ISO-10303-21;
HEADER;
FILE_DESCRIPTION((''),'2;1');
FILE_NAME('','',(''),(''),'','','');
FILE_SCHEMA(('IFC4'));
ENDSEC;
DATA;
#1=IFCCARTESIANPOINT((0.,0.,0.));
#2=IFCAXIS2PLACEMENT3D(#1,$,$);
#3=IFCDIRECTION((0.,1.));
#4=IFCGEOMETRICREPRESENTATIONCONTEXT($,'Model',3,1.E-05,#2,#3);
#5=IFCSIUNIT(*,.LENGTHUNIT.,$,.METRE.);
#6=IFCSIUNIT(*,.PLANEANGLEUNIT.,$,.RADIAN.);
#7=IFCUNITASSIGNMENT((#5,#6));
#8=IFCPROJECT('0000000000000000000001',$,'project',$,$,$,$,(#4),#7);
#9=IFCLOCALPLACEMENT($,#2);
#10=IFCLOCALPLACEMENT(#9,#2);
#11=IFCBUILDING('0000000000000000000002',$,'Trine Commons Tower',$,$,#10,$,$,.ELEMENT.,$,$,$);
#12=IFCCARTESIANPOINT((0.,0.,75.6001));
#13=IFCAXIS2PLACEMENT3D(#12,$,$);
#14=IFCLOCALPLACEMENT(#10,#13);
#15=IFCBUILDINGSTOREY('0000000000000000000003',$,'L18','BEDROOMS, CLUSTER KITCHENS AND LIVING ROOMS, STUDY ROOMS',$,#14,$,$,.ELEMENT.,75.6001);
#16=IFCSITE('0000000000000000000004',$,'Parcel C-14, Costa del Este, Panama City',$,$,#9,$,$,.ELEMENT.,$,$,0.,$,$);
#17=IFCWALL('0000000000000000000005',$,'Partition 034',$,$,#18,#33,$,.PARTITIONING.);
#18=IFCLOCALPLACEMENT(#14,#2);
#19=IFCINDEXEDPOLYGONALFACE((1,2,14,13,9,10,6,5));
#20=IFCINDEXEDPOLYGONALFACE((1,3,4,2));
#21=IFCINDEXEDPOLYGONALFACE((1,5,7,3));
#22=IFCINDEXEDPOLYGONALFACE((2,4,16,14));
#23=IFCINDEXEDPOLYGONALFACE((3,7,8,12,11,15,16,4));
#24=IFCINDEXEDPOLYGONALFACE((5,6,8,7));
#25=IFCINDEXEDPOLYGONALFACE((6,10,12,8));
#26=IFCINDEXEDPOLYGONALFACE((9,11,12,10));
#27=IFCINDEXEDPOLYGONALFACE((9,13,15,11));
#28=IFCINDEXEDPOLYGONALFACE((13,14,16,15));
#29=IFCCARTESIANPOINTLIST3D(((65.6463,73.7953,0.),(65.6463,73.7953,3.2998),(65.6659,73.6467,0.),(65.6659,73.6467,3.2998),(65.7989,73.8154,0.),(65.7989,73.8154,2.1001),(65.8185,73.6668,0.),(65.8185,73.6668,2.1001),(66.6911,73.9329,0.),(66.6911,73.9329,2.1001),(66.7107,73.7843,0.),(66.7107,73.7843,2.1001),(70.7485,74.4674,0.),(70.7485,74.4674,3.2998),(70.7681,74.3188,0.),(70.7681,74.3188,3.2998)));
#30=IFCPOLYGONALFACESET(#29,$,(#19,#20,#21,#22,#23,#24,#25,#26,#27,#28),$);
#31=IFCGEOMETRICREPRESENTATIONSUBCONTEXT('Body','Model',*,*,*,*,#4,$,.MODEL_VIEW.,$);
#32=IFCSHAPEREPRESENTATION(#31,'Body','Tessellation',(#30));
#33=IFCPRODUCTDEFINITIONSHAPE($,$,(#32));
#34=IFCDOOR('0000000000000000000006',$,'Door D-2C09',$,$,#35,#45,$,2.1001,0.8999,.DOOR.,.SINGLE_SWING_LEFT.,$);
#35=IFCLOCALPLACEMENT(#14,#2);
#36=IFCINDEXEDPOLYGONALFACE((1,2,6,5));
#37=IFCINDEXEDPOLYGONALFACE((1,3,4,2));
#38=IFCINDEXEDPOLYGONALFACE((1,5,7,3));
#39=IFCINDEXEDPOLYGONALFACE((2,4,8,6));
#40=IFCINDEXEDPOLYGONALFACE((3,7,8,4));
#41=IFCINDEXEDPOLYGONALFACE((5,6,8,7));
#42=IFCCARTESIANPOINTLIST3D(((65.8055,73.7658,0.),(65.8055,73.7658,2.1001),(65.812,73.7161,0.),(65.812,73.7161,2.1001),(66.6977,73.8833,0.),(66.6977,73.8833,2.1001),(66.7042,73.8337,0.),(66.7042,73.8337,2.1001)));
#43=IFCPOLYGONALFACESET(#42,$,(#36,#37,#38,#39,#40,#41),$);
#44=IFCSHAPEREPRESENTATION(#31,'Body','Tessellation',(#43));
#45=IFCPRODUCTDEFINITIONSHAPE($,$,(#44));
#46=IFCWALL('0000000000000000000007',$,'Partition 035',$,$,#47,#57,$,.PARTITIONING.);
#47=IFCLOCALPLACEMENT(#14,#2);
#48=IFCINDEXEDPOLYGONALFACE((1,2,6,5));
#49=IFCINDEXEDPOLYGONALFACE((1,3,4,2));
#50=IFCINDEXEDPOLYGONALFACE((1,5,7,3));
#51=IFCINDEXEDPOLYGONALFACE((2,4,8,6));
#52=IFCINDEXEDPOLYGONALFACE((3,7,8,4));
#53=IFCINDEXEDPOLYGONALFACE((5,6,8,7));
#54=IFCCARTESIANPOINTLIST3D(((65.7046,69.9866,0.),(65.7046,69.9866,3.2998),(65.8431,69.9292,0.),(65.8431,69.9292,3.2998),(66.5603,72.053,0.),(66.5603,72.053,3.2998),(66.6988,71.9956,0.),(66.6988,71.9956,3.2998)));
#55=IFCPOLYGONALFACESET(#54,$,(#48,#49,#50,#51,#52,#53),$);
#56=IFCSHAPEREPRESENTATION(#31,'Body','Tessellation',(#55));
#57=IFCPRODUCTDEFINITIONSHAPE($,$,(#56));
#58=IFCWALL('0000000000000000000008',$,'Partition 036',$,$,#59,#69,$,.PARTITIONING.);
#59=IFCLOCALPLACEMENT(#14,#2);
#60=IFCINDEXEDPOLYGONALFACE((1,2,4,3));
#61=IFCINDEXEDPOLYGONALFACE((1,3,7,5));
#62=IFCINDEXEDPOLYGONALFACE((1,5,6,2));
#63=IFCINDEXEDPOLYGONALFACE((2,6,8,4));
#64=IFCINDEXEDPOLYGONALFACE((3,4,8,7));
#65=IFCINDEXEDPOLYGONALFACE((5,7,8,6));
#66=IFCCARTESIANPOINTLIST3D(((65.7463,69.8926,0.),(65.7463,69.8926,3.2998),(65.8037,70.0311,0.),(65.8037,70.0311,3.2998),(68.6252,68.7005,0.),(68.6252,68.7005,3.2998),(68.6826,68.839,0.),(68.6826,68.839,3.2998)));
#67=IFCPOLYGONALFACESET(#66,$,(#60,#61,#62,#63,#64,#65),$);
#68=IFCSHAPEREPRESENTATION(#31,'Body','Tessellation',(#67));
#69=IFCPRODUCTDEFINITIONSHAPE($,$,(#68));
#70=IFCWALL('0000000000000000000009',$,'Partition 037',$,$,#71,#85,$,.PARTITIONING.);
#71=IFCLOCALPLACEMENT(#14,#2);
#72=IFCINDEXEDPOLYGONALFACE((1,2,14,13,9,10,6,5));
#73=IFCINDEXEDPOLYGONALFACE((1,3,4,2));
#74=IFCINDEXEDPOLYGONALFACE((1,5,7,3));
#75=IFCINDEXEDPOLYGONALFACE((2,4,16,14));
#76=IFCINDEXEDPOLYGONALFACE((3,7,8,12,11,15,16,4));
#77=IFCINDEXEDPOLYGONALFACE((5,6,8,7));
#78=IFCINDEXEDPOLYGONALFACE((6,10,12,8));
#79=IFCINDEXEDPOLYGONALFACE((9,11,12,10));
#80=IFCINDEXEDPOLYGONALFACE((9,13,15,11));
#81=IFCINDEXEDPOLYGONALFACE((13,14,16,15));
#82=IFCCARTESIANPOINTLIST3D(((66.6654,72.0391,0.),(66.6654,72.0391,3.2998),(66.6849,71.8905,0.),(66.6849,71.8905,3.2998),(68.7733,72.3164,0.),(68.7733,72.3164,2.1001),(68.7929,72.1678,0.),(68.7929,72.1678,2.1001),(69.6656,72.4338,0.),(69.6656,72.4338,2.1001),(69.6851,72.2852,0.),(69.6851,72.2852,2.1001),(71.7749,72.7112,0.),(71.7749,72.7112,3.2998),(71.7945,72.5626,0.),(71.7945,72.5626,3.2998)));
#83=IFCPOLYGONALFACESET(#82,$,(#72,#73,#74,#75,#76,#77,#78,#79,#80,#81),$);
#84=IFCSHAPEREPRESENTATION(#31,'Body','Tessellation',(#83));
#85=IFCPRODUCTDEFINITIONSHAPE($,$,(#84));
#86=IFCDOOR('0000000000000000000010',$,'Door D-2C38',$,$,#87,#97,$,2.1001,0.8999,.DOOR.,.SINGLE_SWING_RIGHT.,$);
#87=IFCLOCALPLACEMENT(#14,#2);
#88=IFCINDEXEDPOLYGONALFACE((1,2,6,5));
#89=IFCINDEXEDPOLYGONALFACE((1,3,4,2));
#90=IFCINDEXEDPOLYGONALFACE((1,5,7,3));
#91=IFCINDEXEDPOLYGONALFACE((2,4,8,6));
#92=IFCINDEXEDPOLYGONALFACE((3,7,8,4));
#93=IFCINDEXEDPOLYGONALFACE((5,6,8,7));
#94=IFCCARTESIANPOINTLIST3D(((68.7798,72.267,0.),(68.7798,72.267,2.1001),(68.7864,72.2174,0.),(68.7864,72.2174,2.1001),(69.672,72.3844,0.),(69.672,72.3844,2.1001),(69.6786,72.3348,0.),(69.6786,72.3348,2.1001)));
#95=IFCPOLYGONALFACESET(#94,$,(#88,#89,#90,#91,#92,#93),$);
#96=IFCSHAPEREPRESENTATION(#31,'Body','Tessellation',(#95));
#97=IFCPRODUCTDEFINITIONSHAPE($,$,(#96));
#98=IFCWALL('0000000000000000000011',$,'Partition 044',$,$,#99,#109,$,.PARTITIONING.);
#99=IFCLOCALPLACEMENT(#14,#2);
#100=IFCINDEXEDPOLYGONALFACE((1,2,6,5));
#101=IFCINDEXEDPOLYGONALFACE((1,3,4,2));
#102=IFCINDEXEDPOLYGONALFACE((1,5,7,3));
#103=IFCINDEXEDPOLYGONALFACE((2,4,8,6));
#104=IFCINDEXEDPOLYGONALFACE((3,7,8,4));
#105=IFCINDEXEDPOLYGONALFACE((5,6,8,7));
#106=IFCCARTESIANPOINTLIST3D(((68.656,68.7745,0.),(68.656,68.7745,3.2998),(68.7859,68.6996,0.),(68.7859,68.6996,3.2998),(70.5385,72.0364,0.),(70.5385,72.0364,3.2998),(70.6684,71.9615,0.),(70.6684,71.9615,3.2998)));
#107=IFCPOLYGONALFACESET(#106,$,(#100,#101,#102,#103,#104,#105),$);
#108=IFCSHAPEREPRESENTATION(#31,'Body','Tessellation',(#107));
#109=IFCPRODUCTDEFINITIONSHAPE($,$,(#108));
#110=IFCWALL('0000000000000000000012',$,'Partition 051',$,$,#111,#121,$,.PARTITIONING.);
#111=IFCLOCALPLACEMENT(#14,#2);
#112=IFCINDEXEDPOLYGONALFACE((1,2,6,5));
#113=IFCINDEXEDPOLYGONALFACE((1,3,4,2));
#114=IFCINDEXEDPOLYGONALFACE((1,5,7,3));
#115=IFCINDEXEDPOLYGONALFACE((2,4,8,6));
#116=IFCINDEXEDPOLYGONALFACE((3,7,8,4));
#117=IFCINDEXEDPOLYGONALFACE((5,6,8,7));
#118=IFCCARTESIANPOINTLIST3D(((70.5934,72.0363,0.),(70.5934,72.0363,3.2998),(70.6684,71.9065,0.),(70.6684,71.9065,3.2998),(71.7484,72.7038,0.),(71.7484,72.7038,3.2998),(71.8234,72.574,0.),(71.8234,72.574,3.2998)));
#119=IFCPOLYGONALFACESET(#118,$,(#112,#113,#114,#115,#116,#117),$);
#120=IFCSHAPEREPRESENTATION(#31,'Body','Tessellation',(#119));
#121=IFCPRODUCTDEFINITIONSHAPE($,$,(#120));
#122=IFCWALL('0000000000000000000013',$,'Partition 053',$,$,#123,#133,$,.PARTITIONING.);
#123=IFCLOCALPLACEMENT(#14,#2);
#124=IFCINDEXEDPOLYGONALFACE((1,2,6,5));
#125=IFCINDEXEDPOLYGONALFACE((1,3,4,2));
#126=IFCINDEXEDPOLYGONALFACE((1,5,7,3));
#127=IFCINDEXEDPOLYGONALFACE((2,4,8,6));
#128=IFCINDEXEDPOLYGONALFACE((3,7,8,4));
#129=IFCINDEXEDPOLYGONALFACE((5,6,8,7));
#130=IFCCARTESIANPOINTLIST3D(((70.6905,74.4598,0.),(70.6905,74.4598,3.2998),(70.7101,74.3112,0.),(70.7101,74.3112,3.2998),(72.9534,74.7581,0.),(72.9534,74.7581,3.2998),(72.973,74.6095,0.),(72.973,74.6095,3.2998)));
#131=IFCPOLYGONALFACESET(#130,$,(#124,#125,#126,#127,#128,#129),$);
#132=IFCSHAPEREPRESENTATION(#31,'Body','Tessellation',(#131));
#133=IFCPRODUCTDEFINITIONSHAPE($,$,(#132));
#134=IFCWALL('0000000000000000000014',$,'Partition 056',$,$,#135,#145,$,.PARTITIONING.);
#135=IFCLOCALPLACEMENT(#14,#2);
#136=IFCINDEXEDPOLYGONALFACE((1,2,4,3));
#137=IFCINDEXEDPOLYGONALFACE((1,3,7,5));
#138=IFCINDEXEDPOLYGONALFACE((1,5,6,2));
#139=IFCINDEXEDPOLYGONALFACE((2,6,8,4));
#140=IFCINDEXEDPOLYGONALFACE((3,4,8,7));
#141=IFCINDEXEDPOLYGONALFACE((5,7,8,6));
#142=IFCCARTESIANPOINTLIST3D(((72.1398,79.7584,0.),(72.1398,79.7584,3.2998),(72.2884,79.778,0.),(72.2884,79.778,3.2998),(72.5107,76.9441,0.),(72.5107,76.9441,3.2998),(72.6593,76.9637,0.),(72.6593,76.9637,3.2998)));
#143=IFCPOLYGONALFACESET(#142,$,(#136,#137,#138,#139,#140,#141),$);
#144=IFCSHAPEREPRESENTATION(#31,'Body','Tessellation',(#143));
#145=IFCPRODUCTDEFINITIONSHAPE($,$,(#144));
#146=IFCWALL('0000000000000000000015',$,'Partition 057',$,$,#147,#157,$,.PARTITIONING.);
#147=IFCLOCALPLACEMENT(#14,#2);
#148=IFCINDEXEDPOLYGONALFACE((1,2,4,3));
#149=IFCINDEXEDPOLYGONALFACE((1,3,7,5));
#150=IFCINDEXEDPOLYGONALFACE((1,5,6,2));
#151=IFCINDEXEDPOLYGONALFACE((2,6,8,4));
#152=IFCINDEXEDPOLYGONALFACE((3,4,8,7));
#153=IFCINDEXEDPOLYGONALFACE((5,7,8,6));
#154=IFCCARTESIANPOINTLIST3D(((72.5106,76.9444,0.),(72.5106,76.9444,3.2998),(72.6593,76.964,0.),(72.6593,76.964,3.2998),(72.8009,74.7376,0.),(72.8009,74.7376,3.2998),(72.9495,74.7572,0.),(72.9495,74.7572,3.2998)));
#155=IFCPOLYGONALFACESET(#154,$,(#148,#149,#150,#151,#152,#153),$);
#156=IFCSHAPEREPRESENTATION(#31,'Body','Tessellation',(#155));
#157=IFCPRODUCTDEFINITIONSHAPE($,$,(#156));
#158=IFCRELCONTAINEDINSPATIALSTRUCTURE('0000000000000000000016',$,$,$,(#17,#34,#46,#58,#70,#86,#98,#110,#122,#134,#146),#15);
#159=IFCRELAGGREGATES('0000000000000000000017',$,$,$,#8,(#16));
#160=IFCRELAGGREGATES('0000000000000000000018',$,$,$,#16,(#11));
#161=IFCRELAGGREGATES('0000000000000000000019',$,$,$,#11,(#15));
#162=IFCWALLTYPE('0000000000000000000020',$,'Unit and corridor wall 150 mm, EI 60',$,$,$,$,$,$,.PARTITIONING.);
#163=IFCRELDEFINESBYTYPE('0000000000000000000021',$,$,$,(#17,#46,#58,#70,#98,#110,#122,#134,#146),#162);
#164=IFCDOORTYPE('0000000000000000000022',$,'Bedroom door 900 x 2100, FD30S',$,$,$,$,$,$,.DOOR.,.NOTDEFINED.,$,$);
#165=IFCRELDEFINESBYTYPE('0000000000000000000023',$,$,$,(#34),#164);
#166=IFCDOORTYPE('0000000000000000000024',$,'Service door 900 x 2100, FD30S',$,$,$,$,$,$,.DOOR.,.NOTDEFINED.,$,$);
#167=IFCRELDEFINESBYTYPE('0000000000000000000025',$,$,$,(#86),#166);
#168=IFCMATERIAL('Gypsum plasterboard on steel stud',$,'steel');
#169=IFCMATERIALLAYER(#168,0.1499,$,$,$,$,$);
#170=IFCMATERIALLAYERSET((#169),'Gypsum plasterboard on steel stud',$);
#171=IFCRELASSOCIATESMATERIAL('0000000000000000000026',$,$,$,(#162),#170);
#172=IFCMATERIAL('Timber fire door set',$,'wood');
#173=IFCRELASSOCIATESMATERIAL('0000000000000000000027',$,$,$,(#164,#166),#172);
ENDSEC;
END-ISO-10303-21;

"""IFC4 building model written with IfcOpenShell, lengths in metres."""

from ifc_helpers import new_model, si_unit, direction, frame, frame_2d, origin, place, context, subcontext, project, spatial, rectangle, extrude, material, layer, layer_set, type_object, element, fill, save


model = new_model("IFC4")

# Units and contexts
model_context = context("Model", 3, precision=1e-05, world=origin(), true_north=direction((0.0, 1.0)))
body_context = subcontext(model_context, "Body", "Model", "MODEL_VIEW")
ifc_project = project(units=[si_unit("LENGTHUNIT", "METRE"), si_unit("PLANEANGLEUNIT", "RADIAN")], contexts=[model_context])

# Site, building, storey
site_placement = place(None, origin())
site = spatial("IfcSite", under=ifc_project, at=site_placement, Name="Parcel C-14, Costa del Este, Panama City", CompositionType="ELEMENT", RefElevation=0.0)
building_placement = place(site_placement, origin())
building = spatial("IfcBuilding", under=site, at=building_placement, Name="Trine Commons Tower", CompositionType="ELEMENT")
storey_placement = place(building_placement, frame((0.0, 0.0, 75.6001)))
storey = spatial("IfcBuildingStorey", under=building, at=storey_placement, Name="L18", Description="BEDROOMS, CLUSTER KITCHENS AND LIVING ROOMS, STUDY ROOMS", CompositionType="ELEMENT", Elevation=75.6001)

# Shared definitions
ifc_material_1 = material(Name="Gypsum plasterboard on steel stud", Category="steel")
ifc_layer_1 = layer(ifc_material_1, 0.1499)
ifc_layer_set_1 = layer_set([ifc_layer_1], Name="Gypsum plasterboard on steel stud")
wall_type_1 = type_object("IfcWallType", Name="Unit and corridor wall 150 mm, EI 60", PredefinedType="PARTITIONING", material=ifc_layer_set_1)

# Wall, opening, door
wall_1_placement = place(storey_placement, frame((65.656, 73.7209, 0.0), z_axis=(0.0, 0.0, 1.0), x_axis=(0.991434, 0.130607, 0.0)))
wall_1 = element("IfcWall", 1, at=wall_1_placement, inside=storey, type_object=wall_type_1, Name="Partition 034", PredefinedType="PARTITIONING", context=body_context, shape_type="SweptSolid", body=[
    extrude(rectangle(XDim=5.1462, YDim=0.1499, at=frame_2d((2.5732, 0.0))), origin(), (0.0, 0.0, 1.0), 3.2998),
])
opening_1_placement = place(wall_1_placement, frame((0.1541, 0.0, 0.0)))
opening_1 = element("IfcOpeningElement", 2, at=opening_1_placement, cuts=wall_1, PredefinedType="OPENING", context=body_context, shape_type="SweptSolid", body=[
    extrude(rectangle(XDim=0.8999, YDim=2.1001, at=frame_2d((0.45, 1.05))), frame((0.0, 0.085, 0.0), z_axis=(0.0, -1.0, 0.0), x_axis=(1.0, 0.0, 0.0)), (0.0, 0.0, 1.0), 0.1699),
])
ifc_material_2 = material(Name="Timber fire door set", Category="wood")
door_type_1 = type_object("IfcDoorType", Name="Bedroom door 900 x 2100, FD30S", OperationType="NOTDEFINED", PredefinedType="DOOR", material=ifc_material_2)
door_1_placement = place(opening_1_placement, origin())
door_1 = element("IfcDoor", 3, at=door_1_placement, inside=storey, type_object=door_type_1, Name="Door D-2C09", OperationType="SINGLE_SWING_LEFT", OverallHeight=2.1001, OverallWidth=0.8999, PredefinedType="DOOR", context=body_context, shape_type="SweptSolid", body=[
    extrude(rectangle(XDim=0.8999, YDim=2.1001, at=frame_2d((0.45, 1.05))), frame((0.0, 0.0249, 0.0), z_axis=(0.0, -1.0, 0.0), x_axis=(1.0, 0.0, 0.0)), (0.0, 0.0, 1.0), 0.05),
])
fill(opening_1, door_1)

# Walls
wall_2_placement = place(storey_placement, frame((65.7739, 69.958, 0.0), z_axis=(0.0, 0.0, 1.0), x_axis=(0.382599, 0.923914, 0.0)))
element("IfcWall", 4, at=wall_2_placement, inside=storey, type_object=wall_type_1, Name="Partition 035", PredefinedType="PARTITIONING", context=body_context, shape_type="SweptSolid", body=[
    extrude(rectangle(XDim=2.2366, YDim=0.1499, at=frame_2d((1.1182, 0.0))), origin(), (0.0, 0.0, 1.0), 3.2998),
])
wall_3_placement = place(storey_placement, frame((65.7749, 69.9619, 0.0), z_axis=(0.0, 0.0, 1.0), x_axis=(0.923918, -0.382589, 0.0)))
element("IfcWall", 5, at=wall_3_placement, inside=storey, type_object=wall_type_1, Name="Partition 036", PredefinedType="PARTITIONING", context=body_context, shape_type="SweptSolid", body=[
    extrude(rectangle(XDim=3.116, YDim=0.1499, at=frame_2d((1.5581, 0.0))), origin(), (0.0, 0.0, 1.0), 3.2998),
])

# Wall, opening, door
wall_4_placement = place(storey_placement, frame((66.6753, 71.9648, 0.0), z_axis=(0.0, 0.0, 1.0), x_axis=(0.991459, 0.130417, 0.0)))
wall_4 = element("IfcWall", 6, at=wall_4_placement, inside=storey, type_object=wall_type_1, Name="Partition 037", PredefinedType="PARTITIONING", context=body_context, shape_type="SweptSolid", body=[
    extrude(rectangle(XDim=5.1536, YDim=0.1499, at=frame_2d((2.5767, 0.0))), origin(), (0.0, 0.0, 1.0), 3.2998),
])
opening_2_placement = place(wall_4_placement, frame((2.126, 0.0, 0.0)))
opening_2 = element("IfcOpeningElement", 7, at=opening_2_placement, cuts=wall_4, PredefinedType="OPENING", context=body_context, shape_type="SweptSolid", body=[
    extrude(rectangle(XDim=0.8999, YDim=2.1001, at=frame_2d((0.45, 1.05))), frame((0.0, 0.085, 0.0), z_axis=(0.0, -1.0, 0.0), x_axis=(1.0, 0.0, 0.0)), (0.0, 0.0, 1.0), 0.1699),
])
door_type_2 = type_object("IfcDoorType", Name="Service door 900 x 2100, FD30S", OperationType="NOTDEFINED", PredefinedType="DOOR", material=ifc_material_2)
door_2_placement = place(opening_2_placement, frame((0.8999, 0.0, 0.0), z_axis=(0.0, 0.0, 1.0), x_axis=(-1.0, 0.0, 0.0)))
door_2 = element("IfcDoor", 8, at=door_2_placement, inside=storey, type_object=door_type_2, Name="Door D-2C38", OperationType="SINGLE_SWING_RIGHT", OverallHeight=2.1001, OverallWidth=0.8999, PredefinedType="DOOR", context=body_context, shape_type="SweptSolid", body=[
    extrude(rectangle(XDim=0.8999, YDim=2.1001, at=frame_2d((0.45, 1.05))), frame((0.0, 0.0249, 0.0), z_axis=(0.0, -1.0, 0.0), x_axis=(1.0, 0.0, 0.0)), (0.0, 0.0, 1.0), 0.05),
])
fill(opening_2, door_2)

# Walls
wall_5_placement = place(storey_placement, frame((68.7209, 68.7371, 0.0), z_axis=(0.0, 0.0, 1.0), x_axis=(0.499855, 0.866109, 0.0)))
element("IfcWall", 9, at=wall_5_placement, inside=storey, type_object=wall_type_1, Name="Partition 044", PredefinedType="PARTITIONING", context=body_context, shape_type="SweptSolid", body=[
    extrude(rectangle(XDim=3.7661, YDim=0.1499, at=frame_2d((1.8831, 0.0))), origin(), (0.0, 0.0, 1.0), 3.2998),
])
wall_6_placement = place(storey_placement, frame((70.6309, 71.9714, 0.0), z_axis=(0.0, 0.0, 1.0), x_axis=(0.865823, 0.500351, 0.0)))
element("IfcWall", 10, at=wall_6_placement, inside=storey, type_object=wall_type_1, Name="Partition 051", PredefinedType="PARTITIONING", context=body_context, shape_type="SweptSolid", body=[
    extrude(rectangle(XDim=1.334, YDim=0.1499, at=frame_2d((0.667, 0.0))), origin(), (0.0, 0.0, 1.0), 3.2998),
])
wall_7_placement = place(storey_placement, frame((70.7004, 74.3855, 0.0), z_axis=(0.0, 0.0, 1.0), x_axis=(0.991421, 0.130706, 0.0)))
element("IfcWall", 11, at=wall_7_placement, inside=storey, type_object=wall_type_1, Name="Partition 053", PredefinedType="PARTITIONING", context=body_context, shape_type="SweptSolid", body=[
    extrude(rectangle(XDim=2.2825, YDim=0.1499, at=frame_2d((1.1411, 0.0))), origin(), (0.0, 0.0, 1.0), 3.2998),
])
wall_8_placement = place(storey_placement, frame((72.2141, 79.7683, 0.0), z_axis=(0.0, 0.0, 1.0), x_axis=(0.130648, -0.991429, 0.0)))
element("IfcWall", 12, at=wall_8_placement, inside=storey, type_object=wall_type_1, Name="Partition 056", PredefinedType="PARTITIONING", context=body_context, shape_type="SweptSolid", body=[
    extrude(rectangle(XDim=2.8386, YDim=0.1499, at=frame_2d((1.4194, 0.0))), origin(), (0.0, 0.0, 1.0), 3.2998),
])
wall_9_placement = place(storey_placement, frame((72.585, 76.9541, 0.0), z_axis=(0.0, 0.0, 1.0), x_axis=(0.130418, -0.991459, 0.0)))
element("IfcWall", 13, at=wall_9_placement, inside=storey, type_object=wall_type_1, Name="Partition 057", PredefinedType="PARTITIONING", context=body_context, shape_type="SweptSolid", body=[
    extrude(rectangle(XDim=2.2258, YDim=0.1499, at=frame_2d((1.1128, 0.0))), origin(), (0.0, 0.0, 1.0), 3.2998),
])

save(model, "model.ifc")
